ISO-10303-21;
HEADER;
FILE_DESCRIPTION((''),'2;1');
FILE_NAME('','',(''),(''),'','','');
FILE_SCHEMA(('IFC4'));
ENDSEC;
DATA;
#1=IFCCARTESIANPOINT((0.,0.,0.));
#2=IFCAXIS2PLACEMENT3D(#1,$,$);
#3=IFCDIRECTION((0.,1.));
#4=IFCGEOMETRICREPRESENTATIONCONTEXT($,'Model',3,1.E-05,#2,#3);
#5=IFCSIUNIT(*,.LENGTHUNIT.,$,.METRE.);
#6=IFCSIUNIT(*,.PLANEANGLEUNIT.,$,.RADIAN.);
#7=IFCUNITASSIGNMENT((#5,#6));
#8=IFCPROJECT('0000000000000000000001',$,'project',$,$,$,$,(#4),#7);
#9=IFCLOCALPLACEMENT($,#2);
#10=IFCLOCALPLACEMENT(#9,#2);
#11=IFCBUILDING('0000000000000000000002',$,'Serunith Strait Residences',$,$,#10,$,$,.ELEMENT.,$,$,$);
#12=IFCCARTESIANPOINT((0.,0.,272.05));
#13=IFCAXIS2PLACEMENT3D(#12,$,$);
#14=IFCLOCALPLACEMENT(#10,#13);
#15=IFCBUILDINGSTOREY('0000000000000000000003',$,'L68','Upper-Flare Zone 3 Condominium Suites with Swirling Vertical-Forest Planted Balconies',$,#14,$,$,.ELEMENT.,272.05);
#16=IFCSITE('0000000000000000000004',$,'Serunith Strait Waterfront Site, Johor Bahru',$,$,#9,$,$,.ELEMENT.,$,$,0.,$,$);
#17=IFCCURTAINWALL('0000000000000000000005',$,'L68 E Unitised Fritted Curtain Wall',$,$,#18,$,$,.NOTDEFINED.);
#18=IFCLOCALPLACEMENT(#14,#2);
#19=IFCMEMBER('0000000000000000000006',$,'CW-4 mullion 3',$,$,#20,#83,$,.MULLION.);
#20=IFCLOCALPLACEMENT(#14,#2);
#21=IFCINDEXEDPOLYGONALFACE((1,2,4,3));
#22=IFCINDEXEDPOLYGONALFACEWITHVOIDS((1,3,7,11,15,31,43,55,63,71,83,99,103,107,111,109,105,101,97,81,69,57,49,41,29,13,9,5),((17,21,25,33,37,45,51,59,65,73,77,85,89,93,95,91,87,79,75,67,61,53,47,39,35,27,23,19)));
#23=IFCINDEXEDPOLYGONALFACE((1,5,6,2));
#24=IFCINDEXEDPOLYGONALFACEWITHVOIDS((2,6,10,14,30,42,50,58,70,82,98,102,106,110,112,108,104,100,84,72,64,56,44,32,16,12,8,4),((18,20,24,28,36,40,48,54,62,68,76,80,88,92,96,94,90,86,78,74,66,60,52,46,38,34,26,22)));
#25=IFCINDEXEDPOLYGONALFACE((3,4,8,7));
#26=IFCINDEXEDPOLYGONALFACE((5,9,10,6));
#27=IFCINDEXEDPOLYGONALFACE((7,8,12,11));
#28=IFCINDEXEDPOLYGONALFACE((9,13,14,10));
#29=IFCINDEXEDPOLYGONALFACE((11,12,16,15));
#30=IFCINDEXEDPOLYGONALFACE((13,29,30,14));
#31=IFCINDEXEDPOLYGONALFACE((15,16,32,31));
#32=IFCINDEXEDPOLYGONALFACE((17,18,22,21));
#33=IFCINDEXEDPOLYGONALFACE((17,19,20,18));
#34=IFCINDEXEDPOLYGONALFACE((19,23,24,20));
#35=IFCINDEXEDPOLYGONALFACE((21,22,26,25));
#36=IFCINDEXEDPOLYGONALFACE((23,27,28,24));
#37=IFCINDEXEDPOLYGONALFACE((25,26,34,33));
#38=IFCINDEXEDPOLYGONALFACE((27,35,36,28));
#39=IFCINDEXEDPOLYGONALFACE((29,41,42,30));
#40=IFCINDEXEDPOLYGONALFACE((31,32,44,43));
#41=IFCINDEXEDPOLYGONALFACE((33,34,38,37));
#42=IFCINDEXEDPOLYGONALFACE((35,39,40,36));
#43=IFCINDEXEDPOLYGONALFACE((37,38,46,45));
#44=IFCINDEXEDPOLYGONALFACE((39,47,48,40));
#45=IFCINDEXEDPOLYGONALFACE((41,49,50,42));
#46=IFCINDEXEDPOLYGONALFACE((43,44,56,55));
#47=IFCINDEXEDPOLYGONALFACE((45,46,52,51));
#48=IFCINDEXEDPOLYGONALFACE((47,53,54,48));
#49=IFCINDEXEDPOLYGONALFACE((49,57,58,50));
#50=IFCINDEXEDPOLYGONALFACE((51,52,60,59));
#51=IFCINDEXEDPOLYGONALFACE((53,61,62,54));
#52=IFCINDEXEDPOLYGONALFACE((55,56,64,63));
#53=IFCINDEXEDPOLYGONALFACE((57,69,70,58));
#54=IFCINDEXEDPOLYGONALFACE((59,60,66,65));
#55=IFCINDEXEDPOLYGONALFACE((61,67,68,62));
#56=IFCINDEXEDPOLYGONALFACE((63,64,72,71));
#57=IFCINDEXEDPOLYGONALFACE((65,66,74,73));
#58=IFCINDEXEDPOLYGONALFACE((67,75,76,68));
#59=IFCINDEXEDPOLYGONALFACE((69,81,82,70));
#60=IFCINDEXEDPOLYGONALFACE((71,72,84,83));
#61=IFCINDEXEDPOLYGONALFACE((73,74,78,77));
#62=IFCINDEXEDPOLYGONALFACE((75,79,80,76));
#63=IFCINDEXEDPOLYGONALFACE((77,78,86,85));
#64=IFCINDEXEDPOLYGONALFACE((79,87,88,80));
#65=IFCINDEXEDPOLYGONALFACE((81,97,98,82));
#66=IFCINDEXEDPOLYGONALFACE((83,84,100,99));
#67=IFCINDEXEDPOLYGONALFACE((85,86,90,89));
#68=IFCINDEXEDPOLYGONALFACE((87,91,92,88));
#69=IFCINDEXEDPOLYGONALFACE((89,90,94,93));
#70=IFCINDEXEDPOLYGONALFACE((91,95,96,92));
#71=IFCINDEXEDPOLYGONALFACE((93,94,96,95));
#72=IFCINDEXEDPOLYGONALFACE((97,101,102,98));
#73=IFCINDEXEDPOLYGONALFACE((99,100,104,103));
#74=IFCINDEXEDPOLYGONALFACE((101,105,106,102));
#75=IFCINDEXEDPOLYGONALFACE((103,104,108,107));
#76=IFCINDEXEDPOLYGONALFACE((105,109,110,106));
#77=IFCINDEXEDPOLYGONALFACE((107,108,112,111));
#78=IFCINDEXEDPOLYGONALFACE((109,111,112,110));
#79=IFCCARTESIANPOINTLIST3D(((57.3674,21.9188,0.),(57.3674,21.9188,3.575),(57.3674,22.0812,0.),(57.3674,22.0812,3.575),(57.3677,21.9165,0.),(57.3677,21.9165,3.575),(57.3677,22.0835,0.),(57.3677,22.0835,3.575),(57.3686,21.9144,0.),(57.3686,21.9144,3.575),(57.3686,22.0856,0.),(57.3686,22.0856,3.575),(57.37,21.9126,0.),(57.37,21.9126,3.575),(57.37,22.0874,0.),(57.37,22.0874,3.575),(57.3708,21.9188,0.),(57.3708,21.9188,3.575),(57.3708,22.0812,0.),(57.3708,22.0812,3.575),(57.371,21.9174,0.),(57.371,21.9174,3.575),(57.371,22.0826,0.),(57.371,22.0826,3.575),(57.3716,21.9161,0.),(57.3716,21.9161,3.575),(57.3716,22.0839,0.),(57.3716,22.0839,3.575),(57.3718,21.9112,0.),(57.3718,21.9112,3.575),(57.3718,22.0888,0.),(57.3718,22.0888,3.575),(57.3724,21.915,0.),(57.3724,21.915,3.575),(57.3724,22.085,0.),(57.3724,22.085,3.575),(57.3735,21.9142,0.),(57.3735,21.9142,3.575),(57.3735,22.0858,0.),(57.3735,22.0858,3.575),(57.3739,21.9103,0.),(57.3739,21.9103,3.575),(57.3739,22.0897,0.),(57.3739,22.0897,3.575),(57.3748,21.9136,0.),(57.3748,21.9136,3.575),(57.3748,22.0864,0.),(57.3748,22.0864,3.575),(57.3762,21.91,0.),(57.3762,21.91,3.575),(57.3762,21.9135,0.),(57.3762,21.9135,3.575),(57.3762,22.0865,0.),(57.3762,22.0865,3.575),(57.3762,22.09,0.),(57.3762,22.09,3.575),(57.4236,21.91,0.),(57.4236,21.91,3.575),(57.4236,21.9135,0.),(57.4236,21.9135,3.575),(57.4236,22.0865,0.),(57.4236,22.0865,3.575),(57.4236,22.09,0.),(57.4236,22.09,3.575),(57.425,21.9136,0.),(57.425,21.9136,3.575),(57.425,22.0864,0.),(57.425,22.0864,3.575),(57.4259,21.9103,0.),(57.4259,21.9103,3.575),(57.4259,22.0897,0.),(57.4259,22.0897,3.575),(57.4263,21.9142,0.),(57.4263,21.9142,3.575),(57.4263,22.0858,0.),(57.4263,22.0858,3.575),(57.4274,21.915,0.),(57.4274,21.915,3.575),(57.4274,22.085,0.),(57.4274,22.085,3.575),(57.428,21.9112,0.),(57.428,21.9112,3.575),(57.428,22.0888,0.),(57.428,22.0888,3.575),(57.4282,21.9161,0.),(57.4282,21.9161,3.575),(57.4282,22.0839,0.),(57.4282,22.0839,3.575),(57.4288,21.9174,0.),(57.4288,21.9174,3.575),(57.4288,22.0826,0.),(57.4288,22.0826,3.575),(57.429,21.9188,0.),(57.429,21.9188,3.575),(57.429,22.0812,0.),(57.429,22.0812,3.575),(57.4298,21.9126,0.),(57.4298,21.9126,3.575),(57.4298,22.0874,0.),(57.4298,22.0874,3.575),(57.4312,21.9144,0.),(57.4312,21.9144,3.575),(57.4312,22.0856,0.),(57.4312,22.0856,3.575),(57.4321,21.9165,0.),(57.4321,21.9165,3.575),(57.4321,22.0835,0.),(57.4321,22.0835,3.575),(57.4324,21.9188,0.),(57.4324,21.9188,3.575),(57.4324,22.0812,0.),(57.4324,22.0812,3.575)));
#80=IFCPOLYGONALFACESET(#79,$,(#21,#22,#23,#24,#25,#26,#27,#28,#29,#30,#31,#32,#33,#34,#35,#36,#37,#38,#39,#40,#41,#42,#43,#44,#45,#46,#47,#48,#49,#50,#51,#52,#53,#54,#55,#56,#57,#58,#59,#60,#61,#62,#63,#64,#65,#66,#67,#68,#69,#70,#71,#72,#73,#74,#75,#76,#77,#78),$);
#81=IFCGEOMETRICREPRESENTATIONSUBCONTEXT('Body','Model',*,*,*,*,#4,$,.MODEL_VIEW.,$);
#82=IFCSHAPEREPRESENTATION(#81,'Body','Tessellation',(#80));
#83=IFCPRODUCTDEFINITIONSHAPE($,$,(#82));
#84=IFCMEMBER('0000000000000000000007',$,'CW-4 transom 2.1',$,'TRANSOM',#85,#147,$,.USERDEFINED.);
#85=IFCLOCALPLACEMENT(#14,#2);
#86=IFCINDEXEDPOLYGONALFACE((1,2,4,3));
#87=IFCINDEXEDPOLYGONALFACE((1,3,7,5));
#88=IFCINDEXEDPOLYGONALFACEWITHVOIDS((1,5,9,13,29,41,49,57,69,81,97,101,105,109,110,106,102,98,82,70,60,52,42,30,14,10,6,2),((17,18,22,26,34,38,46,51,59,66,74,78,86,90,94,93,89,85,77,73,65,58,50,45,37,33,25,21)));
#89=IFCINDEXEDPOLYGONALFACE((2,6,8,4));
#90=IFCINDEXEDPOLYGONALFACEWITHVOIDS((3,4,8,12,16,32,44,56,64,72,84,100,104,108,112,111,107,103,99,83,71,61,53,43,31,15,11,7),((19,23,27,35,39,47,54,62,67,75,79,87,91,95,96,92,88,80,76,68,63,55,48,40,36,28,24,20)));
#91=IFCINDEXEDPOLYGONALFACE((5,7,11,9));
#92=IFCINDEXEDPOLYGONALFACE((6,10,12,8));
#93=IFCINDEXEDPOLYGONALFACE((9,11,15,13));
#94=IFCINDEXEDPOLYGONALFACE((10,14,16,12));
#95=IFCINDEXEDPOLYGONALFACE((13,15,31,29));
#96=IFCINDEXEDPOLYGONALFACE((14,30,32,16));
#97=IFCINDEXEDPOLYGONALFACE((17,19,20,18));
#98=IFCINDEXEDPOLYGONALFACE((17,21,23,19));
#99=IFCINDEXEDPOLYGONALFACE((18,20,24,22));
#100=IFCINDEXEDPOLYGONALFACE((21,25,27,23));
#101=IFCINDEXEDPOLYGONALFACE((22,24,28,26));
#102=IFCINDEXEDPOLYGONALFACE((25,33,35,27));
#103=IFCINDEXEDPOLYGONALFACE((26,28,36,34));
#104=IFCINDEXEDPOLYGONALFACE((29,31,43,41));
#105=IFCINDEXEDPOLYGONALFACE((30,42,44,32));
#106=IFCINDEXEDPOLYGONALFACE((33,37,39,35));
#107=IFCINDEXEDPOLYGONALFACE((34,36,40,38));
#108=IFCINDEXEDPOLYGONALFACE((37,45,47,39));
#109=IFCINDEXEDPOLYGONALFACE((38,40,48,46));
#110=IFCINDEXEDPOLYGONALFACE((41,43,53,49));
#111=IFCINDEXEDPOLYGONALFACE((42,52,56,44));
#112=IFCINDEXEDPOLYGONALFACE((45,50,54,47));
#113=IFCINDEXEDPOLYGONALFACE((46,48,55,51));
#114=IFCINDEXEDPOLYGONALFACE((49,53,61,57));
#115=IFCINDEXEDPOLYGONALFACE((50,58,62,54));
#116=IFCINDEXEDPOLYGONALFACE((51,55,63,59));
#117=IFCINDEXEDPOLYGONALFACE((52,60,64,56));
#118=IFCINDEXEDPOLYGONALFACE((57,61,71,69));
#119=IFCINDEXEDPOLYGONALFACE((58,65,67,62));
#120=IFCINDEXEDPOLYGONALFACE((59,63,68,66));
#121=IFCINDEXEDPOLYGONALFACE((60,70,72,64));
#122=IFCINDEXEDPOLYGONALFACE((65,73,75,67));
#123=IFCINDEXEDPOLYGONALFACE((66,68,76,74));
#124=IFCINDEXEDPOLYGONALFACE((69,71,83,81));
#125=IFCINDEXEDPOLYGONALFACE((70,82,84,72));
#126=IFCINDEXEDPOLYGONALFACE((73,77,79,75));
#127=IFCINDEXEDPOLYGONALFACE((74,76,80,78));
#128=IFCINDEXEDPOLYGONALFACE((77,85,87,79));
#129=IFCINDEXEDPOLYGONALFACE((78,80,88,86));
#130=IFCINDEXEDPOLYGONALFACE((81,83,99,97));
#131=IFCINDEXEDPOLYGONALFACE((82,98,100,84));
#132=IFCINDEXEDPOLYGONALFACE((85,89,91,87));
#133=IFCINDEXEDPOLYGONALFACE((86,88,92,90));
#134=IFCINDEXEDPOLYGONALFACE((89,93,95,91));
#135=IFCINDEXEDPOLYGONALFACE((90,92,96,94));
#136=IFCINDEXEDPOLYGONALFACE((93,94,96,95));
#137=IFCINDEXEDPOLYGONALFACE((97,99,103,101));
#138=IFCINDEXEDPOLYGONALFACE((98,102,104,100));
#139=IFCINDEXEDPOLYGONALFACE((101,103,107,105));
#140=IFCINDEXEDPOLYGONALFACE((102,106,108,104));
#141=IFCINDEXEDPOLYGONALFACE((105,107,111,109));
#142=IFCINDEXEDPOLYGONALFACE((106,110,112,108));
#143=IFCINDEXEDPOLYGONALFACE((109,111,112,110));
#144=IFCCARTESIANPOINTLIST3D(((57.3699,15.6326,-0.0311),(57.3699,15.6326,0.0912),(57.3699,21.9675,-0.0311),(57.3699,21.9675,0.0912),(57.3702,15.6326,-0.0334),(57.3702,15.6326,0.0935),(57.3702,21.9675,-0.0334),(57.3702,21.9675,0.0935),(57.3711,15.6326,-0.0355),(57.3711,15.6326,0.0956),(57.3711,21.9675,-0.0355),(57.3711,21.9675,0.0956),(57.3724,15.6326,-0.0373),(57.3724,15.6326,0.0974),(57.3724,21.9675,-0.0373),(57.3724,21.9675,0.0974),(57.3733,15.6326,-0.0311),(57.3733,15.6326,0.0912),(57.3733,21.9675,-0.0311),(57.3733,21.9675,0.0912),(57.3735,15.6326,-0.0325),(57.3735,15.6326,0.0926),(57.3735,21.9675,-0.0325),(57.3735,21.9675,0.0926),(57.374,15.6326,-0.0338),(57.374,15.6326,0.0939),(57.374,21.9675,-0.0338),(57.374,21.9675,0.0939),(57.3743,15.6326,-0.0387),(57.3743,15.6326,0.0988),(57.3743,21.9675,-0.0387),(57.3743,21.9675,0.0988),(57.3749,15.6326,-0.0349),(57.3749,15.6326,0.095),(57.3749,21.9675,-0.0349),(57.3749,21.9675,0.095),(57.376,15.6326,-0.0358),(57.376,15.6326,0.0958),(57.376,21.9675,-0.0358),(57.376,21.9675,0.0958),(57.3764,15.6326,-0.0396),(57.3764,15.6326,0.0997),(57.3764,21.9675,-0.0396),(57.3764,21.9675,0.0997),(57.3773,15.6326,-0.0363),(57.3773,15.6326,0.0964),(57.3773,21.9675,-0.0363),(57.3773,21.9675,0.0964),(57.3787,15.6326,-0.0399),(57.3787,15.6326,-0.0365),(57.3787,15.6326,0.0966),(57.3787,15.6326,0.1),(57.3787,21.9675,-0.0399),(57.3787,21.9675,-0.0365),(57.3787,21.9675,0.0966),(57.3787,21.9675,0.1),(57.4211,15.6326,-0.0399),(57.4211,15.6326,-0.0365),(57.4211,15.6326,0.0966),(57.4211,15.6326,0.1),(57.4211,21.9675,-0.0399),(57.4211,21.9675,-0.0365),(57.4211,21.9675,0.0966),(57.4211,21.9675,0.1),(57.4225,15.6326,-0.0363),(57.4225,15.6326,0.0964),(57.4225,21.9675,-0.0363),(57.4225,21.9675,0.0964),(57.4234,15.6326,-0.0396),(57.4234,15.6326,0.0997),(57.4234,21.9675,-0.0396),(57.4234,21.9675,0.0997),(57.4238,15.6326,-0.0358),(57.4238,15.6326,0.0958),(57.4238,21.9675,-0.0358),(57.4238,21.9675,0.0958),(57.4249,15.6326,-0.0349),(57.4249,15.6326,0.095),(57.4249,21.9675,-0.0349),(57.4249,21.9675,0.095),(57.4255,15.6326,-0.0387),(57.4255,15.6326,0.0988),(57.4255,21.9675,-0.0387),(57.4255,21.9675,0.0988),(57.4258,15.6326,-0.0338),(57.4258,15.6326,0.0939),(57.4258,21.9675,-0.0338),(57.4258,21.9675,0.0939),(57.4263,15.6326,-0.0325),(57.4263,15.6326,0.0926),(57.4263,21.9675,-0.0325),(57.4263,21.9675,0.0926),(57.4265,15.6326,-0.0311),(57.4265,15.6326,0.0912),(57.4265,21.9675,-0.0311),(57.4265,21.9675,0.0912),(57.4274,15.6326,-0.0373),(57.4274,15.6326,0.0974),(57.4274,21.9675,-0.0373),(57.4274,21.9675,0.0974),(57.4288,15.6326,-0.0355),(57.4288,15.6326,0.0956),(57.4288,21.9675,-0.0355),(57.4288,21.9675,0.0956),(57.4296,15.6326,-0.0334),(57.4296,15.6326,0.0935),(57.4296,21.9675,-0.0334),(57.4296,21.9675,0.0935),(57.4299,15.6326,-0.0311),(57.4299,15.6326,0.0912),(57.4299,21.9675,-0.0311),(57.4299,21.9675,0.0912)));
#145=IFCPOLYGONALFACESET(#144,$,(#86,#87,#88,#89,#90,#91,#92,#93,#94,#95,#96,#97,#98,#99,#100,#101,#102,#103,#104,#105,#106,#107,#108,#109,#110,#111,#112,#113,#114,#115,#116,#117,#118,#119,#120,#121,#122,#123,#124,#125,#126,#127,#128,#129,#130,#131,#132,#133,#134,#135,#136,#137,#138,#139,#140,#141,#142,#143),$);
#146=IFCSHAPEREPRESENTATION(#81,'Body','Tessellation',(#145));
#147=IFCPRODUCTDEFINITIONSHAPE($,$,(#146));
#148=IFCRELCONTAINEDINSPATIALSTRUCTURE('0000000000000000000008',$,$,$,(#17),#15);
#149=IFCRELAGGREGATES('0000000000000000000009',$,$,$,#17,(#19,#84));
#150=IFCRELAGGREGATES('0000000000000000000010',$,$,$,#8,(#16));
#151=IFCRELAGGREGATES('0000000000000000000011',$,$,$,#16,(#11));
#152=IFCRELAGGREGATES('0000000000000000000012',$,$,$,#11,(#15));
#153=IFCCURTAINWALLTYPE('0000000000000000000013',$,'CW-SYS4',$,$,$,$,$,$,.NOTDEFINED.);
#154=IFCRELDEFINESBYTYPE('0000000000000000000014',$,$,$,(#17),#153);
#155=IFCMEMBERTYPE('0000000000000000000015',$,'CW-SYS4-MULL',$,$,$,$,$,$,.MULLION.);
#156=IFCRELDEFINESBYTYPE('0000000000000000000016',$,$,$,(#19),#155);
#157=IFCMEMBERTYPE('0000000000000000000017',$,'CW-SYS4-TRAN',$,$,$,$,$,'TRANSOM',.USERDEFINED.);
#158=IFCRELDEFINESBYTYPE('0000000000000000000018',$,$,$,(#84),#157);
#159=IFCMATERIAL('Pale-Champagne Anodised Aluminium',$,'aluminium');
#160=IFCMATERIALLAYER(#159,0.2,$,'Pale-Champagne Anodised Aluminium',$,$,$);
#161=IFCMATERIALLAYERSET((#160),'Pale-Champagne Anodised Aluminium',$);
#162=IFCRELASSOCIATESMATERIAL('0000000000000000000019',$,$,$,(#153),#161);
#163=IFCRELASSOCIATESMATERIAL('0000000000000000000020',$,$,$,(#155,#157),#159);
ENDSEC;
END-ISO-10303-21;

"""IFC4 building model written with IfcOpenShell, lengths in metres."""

from ifc_helpers import new_model, si_unit, direction, frame, origin, origin_2d, place, context, subcontext, project, spatial, hollow_rectangle, extrude, source, transform, mapped, material, layer, layer_set, material_profile, profile_set, type_object, element, aggregate, save


model = new_model("IFC4")

# Units and contexts
model_context = context("Model", 3, precision=1e-05, world=origin(), true_north=direction((0.0, 1.0)))
body_context = subcontext(model_context, "Body", "Model", "MODEL_VIEW")
ifc_project = project(units=[si_unit("LENGTHUNIT", "METRE"), si_unit("PLANEANGLEUNIT", "RADIAN")], contexts=[model_context])

# Site, building, storey
site_placement = place(None, origin())
site = spatial("IfcSite", under=ifc_project, at=site_placement, Name="Serunith Strait Waterfront Site, Johor Bahru", CompositionType="ELEMENT", RefElevation=0.0)
building_placement = place(site_placement, origin())
building = spatial("IfcBuilding", under=site, at=building_placement, Name="Serunith Strait Residences", CompositionType="ELEMENT")
storey_placement = place(building_placement, frame((0.0, 0.0, 272.05)))
storey = spatial("IfcBuildingStorey", under=building, at=storey_placement, Name="L68", Description="Upper-Flare Zone 3 Condominium Suites with Swirling Vertical-Forest Planted Balconies", CompositionType="ELEMENT", Elevation=272.05)

# Curtain wall, members
ifc_material_1 = material(Name="Pale-Champagne Anodised Aluminium", Category="aluminium")
ifc_layer_1 = layer(ifc_material_1, 0.2, Name="Pale-Champagne Anodised Aluminium")
ifc_layer_set_1 = layer_set([ifc_layer_1], Name="Pale-Champagne Anodised Aluminium")
curtain_wall_type = type_object("IfcCurtainWallType", Name="CW-SYS4", PredefinedType="NOTDEFINED", material=ifc_layer_set_1)
curtain_wall_placement = place(storey_placement, origin())
curtain_wall = element("IfcCurtainWall", 1, at=curtain_wall_placement, inside=storey, type_object=curtain_wall_type, Name="L68 E Unitised Fritted Curtain Wall", PredefinedType="NOTDEFINED")
ifc_material_profile_1 = material_profile(ifc_material_1, hollow_rectangle(XDim=0.0649, YDim=0.1799, WallThickness=0.0034, InnerFilletRadius=0.0054, OuterFilletRadius=0.0088, at=origin_2d()), Name="ALU 180x65x3.5")
ifc_profile_set_1 = profile_set([ifc_material_profile_1], Name="Pale-Champagne Anodised Aluminium")
member_type_1 = type_object("IfcMemberType", Name="CW-SYS4-MULL", PredefinedType="MULLION", material=ifc_profile_set_1)
shared_shape_1 = source(origin(), body_context, "Body", "SweptSolid", [
    extrude(hollow_rectangle(XDim=0.0649, YDim=0.1799, WallThickness=0.0034, InnerFilletRadius=0.0054, OuterFilletRadius=0.0088, at=origin_2d()), origin(), (0.0, 0.0, 1.0), 3.575),
])
member_1_placement = place(storey_placement, frame((57.3999, 22.0, 0.0), z_axis=(0.0, 0.0, 1.0), x_axis=(-1.0, 0.0, 0.0)))
member_1 = element("IfcMember", 2, at=member_1_placement, type_object=member_type_1, Name="CW-4 mullion 3", PredefinedType="MULLION", context=body_context, shape_type="MappedRepresentation", body=[
    mapped(shared_shape_1, transform((0.0, 0.0, 0.0), scale=1.0)),
])
ifc_material_profile_2 = material_profile(ifc_material_1, hollow_rectangle(XDim=0.0601, YDim=0.1399, WallThickness=0.0034, InnerFilletRadius=0.0054, OuterFilletRadius=0.0088, at=origin_2d()), Name="ALU 140x60x3.5")
ifc_profile_set_2 = profile_set([ifc_material_profile_2], Name="Pale-Champagne Anodised Aluminium")
member_type_2 = type_object("IfcMemberType", Name="CW-SYS4-TRAN", ElementType="TRANSOM", PredefinedType="USERDEFINED", material=ifc_profile_set_2)
shared_shape_2 = source(origin(), body_context, "Body", "SweptSolid", [
    extrude(hollow_rectangle(XDim=0.0601, YDim=0.1399, WallThickness=0.0034, InnerFilletRadius=0.0054, OuterFilletRadius=0.0088, at=origin_2d()), origin(), (0.0, 0.0, 1.0), 6.335),
])
member_2_placement = place(storey_placement, frame((57.3999, 15.6326, 0.03), z_axis=(0.0, 1.0, 0.0), x_axis=(-1.0, 0.0, 0.0)))
member_2 = element("IfcMember", 3, at=member_2_placement, type_object=member_type_2, Name="CW-4 transom 2.1", ObjectType="TRANSOM", PredefinedType="USERDEFINED", context=body_context, shape_type="MappedRepresentation", body=[
    mapped(shared_shape_2, transform((0.0, 0.0, 0.0), scale=1.0)),
])
aggregate(curtain_wall, [member_1, member_2])

save(model, "model.ifc")
